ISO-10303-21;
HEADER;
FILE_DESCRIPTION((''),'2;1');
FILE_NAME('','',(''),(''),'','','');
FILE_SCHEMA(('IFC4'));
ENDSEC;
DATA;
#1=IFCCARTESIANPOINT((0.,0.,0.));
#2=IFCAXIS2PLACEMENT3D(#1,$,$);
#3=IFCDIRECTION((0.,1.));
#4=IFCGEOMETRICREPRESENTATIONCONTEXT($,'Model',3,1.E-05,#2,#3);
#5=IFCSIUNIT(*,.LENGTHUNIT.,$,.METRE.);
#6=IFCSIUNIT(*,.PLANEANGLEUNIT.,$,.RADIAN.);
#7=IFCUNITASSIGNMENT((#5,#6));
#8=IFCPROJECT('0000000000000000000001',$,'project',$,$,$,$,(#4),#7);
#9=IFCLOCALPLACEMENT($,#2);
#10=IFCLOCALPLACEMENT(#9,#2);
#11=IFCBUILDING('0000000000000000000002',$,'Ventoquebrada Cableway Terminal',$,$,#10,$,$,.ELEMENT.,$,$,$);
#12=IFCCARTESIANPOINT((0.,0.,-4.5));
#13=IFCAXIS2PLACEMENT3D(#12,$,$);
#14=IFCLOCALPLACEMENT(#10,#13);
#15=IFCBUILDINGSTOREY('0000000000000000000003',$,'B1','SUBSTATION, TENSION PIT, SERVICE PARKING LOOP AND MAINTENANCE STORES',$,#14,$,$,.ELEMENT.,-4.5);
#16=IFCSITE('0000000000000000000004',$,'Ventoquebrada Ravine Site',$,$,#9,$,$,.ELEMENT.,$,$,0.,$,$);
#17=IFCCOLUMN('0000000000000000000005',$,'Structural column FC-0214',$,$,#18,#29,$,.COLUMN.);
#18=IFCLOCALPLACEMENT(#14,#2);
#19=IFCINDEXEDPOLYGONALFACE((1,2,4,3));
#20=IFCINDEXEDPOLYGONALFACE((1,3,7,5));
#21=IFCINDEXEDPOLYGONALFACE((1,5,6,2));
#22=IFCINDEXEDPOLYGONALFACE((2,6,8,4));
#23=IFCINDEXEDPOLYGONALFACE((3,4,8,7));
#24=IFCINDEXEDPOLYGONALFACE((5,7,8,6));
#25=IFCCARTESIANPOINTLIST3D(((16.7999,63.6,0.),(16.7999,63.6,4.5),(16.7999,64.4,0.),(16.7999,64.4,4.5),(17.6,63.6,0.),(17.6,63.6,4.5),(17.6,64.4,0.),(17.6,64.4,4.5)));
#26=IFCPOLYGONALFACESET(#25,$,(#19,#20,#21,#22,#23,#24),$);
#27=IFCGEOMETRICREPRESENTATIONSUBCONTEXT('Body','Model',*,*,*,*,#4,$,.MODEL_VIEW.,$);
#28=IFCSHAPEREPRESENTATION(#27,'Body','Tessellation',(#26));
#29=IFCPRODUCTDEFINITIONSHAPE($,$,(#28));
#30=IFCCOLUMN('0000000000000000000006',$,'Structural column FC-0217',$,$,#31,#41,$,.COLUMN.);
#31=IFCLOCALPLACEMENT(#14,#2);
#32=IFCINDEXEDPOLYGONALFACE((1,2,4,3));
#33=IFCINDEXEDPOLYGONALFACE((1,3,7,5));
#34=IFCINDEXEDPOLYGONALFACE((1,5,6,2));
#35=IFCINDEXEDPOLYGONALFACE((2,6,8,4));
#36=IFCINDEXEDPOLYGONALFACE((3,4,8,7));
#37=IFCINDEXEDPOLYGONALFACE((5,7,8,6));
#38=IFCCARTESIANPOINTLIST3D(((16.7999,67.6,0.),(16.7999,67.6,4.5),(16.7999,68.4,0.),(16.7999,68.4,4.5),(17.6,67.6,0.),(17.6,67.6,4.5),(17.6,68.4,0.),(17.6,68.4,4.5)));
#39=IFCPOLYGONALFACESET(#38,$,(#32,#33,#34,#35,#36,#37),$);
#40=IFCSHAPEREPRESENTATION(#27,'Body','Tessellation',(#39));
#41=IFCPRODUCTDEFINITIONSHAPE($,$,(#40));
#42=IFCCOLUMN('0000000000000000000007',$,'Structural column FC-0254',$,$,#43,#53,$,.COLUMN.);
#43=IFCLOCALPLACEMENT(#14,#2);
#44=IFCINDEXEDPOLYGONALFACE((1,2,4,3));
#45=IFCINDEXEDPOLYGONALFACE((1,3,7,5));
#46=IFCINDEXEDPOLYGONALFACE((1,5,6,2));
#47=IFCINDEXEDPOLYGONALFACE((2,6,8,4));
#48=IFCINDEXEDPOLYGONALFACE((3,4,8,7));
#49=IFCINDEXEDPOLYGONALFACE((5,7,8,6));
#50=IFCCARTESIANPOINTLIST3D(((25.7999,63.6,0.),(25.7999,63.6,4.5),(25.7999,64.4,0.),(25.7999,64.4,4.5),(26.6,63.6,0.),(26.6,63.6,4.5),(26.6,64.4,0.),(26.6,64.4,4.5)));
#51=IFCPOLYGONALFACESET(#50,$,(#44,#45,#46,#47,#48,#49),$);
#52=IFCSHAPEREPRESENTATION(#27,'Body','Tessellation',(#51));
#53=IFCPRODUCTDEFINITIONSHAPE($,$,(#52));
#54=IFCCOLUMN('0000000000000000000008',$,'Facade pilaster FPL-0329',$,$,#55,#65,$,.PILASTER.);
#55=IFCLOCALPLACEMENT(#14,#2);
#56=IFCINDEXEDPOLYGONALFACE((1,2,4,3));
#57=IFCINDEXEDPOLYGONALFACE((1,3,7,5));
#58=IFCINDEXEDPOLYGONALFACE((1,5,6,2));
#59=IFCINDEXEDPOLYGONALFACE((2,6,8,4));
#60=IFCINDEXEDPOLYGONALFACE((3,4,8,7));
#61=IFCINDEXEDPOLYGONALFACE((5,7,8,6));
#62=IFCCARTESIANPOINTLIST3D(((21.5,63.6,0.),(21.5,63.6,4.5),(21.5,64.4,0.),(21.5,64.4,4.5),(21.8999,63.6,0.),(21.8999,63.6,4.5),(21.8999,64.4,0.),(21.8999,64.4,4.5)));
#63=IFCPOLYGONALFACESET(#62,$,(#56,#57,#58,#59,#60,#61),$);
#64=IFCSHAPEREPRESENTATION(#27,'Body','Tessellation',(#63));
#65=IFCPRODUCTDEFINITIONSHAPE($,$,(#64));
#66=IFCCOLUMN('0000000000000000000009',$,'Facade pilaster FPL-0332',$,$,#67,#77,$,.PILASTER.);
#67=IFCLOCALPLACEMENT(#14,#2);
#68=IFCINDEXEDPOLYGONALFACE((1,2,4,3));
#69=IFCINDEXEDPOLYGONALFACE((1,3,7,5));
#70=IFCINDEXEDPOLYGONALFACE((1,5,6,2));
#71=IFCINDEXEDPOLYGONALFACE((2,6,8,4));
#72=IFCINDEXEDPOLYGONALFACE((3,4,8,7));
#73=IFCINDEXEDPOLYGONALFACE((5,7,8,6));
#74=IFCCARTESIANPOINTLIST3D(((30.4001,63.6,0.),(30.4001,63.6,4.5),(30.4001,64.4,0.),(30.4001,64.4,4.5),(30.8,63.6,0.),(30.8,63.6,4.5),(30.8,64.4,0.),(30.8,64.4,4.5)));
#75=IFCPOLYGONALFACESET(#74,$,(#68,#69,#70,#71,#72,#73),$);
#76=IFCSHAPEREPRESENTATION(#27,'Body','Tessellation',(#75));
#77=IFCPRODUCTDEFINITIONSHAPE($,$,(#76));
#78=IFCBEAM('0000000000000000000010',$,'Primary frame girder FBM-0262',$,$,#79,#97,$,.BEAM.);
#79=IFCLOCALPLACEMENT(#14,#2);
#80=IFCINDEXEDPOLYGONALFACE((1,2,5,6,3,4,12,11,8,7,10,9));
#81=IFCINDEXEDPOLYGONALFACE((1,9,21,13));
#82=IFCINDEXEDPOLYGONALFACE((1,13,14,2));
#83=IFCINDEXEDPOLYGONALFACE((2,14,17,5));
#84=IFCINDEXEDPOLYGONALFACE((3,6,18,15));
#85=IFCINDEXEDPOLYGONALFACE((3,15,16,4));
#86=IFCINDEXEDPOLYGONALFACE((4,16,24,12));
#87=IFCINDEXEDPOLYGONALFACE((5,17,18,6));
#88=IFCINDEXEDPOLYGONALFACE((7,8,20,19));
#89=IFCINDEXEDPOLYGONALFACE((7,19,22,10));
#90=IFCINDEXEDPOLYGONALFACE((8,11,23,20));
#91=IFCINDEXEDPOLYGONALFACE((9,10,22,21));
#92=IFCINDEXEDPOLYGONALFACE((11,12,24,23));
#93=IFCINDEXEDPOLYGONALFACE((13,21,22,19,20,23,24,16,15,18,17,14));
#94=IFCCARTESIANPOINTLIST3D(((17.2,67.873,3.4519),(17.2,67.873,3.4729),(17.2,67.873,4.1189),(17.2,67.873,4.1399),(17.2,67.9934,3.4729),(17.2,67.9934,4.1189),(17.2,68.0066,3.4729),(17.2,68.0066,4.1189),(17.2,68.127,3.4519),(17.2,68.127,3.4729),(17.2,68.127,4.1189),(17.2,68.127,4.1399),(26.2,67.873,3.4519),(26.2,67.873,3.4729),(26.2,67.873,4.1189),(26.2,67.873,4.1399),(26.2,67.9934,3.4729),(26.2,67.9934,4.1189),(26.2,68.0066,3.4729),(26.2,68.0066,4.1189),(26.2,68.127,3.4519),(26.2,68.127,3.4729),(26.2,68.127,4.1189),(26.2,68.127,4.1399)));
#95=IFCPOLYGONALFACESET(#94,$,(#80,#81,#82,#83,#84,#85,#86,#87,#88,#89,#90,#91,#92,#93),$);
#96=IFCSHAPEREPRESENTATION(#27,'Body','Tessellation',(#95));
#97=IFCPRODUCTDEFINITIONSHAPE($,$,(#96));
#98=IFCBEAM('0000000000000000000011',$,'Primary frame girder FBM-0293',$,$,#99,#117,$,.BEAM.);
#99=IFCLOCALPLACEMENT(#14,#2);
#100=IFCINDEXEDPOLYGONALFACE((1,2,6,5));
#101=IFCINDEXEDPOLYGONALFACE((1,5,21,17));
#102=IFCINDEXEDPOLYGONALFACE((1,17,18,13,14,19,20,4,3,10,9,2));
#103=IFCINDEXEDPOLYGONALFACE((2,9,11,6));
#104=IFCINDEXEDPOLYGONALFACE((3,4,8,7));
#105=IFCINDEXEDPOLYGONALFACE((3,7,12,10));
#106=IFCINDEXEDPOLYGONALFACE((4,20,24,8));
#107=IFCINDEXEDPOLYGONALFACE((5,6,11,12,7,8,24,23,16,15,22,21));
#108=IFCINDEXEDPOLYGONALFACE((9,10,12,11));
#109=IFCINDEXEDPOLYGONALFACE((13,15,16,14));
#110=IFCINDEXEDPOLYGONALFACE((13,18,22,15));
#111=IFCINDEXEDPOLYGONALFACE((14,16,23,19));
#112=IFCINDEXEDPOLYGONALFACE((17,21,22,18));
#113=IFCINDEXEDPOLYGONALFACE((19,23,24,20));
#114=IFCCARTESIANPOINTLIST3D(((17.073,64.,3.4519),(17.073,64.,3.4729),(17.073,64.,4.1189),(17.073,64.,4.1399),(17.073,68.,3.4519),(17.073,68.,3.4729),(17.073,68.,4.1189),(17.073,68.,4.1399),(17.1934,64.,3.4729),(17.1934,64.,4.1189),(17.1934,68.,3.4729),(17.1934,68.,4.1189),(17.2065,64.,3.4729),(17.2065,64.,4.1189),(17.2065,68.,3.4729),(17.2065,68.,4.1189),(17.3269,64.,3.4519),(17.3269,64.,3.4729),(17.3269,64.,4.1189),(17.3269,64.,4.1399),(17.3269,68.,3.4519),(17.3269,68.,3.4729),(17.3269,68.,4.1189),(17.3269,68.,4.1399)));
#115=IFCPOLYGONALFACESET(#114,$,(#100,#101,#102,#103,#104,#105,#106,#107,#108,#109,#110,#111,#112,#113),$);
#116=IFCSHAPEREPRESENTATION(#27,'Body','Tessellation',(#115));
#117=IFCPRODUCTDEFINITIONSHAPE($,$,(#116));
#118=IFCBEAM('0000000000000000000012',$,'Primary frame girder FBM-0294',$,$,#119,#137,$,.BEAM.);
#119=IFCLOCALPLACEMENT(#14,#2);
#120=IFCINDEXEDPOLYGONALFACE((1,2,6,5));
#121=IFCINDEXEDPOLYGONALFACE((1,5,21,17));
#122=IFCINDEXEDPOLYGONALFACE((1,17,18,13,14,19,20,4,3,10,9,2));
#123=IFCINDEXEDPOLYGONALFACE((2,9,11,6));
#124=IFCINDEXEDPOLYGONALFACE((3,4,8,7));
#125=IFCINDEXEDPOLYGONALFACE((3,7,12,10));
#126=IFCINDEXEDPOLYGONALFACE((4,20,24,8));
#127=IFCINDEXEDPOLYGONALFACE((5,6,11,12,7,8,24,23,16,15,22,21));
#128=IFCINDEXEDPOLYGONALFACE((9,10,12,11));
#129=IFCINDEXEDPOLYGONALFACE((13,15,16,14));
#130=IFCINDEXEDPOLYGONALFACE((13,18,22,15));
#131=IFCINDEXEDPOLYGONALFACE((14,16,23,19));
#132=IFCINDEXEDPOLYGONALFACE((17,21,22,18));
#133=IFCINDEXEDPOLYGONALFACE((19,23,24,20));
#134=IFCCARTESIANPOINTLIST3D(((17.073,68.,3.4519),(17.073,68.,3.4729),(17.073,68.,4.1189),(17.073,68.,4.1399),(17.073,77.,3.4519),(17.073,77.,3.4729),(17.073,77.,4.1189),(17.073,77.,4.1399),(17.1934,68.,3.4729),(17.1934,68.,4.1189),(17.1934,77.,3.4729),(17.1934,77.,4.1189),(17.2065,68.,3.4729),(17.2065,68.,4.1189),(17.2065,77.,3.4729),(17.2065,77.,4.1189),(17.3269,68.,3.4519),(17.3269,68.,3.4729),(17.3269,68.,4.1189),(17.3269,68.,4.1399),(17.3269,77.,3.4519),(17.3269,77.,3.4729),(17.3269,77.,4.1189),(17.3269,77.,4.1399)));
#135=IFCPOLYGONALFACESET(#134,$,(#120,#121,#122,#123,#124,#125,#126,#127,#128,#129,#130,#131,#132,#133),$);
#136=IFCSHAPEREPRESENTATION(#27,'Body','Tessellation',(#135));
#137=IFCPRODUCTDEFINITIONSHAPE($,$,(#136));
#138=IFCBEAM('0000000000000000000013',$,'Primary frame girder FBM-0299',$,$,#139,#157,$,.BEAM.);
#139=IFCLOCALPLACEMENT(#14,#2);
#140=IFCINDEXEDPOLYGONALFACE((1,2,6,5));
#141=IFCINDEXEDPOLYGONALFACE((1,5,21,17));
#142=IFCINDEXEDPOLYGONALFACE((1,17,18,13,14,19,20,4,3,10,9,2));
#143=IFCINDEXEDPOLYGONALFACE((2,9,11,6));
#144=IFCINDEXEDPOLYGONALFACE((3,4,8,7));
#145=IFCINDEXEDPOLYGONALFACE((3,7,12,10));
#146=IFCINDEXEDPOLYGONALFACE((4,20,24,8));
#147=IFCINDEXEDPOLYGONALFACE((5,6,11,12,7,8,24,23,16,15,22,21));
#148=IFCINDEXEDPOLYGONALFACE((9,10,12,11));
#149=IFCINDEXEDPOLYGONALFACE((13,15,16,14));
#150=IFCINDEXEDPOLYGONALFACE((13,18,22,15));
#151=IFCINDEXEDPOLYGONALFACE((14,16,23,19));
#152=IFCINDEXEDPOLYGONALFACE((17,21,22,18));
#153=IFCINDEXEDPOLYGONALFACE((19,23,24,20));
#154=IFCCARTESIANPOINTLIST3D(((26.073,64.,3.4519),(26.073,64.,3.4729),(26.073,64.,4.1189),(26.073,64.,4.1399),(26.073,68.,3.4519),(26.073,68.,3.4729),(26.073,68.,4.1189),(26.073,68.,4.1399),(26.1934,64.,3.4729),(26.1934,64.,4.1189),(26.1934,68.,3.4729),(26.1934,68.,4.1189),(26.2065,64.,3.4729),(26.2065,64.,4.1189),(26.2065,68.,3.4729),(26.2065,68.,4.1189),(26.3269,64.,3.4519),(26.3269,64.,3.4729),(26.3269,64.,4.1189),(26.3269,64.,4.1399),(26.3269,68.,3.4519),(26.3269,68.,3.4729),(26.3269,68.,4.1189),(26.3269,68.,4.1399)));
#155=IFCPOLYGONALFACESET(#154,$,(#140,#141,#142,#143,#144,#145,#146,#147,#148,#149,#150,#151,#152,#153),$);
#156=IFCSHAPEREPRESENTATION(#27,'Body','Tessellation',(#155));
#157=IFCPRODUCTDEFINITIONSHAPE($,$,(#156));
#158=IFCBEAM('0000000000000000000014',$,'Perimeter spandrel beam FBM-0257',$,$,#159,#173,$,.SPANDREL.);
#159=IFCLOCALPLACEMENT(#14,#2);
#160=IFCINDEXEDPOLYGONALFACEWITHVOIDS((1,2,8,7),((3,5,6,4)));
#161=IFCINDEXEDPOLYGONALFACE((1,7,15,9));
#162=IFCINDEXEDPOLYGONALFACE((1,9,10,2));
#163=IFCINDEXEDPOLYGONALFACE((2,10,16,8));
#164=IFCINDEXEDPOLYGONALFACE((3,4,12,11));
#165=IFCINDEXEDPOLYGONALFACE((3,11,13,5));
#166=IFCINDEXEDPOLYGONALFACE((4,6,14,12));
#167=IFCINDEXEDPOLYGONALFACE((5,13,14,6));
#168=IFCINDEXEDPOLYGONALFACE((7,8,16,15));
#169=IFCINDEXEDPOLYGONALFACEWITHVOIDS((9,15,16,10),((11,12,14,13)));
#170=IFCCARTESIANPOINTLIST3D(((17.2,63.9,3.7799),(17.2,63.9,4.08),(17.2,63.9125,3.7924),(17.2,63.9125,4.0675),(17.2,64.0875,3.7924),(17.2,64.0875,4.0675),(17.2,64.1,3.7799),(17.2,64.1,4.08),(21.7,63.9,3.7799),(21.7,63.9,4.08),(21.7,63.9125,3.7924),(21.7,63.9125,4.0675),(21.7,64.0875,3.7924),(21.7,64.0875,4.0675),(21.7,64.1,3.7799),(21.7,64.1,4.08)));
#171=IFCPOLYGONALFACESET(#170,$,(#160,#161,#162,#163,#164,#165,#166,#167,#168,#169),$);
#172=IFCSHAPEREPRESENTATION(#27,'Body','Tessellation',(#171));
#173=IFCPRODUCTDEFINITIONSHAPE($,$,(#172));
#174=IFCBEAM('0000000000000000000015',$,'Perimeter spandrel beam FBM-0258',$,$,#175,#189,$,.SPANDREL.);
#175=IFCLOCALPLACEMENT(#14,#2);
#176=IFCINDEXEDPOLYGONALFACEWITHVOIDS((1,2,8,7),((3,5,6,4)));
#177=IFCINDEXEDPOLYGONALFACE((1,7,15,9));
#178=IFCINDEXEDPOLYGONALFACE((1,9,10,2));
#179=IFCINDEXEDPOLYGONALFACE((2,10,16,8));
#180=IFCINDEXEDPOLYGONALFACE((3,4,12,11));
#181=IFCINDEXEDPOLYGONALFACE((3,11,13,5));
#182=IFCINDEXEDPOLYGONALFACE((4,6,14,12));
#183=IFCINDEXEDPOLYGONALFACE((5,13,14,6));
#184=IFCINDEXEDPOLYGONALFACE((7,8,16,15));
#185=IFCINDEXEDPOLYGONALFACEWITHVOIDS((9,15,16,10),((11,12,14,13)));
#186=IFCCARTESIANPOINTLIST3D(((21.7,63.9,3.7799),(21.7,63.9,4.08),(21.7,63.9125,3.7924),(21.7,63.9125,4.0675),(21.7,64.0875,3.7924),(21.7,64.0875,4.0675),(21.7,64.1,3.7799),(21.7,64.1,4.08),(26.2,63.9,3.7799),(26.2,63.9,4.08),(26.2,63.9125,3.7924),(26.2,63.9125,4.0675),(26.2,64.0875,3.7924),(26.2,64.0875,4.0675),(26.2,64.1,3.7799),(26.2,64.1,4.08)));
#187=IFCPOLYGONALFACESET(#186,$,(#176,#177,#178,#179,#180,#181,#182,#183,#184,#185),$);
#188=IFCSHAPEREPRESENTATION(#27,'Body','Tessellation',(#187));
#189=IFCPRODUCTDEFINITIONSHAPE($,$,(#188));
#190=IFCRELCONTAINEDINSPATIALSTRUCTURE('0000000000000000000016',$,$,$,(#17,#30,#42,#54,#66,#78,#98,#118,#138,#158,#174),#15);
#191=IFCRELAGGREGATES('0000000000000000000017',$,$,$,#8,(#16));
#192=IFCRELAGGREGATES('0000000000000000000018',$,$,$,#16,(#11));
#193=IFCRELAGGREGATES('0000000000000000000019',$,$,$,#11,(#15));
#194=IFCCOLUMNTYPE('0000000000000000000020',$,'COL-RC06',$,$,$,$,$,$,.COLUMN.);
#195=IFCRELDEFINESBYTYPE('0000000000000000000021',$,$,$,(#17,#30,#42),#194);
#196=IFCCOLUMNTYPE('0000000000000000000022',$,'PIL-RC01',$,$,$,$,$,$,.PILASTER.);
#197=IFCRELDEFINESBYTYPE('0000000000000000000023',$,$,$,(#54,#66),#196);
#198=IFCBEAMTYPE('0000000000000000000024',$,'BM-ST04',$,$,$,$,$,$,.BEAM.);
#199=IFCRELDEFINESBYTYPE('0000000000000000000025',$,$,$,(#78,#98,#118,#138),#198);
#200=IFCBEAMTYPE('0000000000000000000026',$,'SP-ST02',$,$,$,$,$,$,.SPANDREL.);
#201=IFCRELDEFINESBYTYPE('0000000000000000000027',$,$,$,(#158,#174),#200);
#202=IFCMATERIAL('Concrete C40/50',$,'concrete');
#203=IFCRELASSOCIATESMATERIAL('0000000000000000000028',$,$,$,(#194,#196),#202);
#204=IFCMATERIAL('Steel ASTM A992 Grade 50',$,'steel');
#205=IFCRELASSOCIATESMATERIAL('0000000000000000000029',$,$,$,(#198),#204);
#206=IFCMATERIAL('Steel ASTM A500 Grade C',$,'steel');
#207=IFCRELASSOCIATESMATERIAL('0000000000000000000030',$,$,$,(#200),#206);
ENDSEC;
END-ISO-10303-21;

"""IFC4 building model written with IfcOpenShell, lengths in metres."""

from ifc_helpers import new_model, si_unit, direction, frame, origin, origin_2d, place, context, subcontext, project, spatial, rectangle, hollow_rectangle, i_section, extrude, material, material_profile, profile_set, type_object, element, save


model = new_model("IFC4")

# Units and contexts
model_context = context("Model", 3, precision=1e-05, world=origin(), true_north=direction((0.0, 1.0)))
body_context = subcontext(model_context, "Body", "Model", "MODEL_VIEW")
ifc_project = project(units=[si_unit("LENGTHUNIT", "METRE"), si_unit("PLANEANGLEUNIT", "RADIAN")], contexts=[model_context])

# Site, building, storey
site_placement = place(None, origin())
site = spatial("IfcSite", under=ifc_project, at=site_placement, Name="Ventoquebrada Ravine Site", CompositionType="ELEMENT", RefElevation=0.0)
building_placement = place(site_placement, origin())
building = spatial("IfcBuilding", under=site, at=building_placement, Name="Ventoquebrada Cableway Terminal", CompositionType="ELEMENT")
storey_placement = place(building_placement, frame((0.0, 0.0, -4.5)))
storey = spatial("IfcBuildingStorey", under=building, at=storey_placement, Name="B1", Description="SUBSTATION, TENSION PIT, SERVICE PARKING LOOP AND MAINTENANCE STORES", CompositionType="ELEMENT", Elevation=-4.5)

# Shared definitions
ifc_material_1 = material(Name="Concrete C40/50", Category="concrete")

# Columns
ifc_material_profile_1 = material_profile(ifc_material_1, rectangle(XDim=0.8, YDim=0.8, at=origin_2d()), Name="RC-COL-800X800")
ifc_profile_set_1 = profile_set([ifc_material_profile_1], Name="Concrete C40/50")
column_type_1 = type_object("IfcColumnType", Name="COL-RC06", PredefinedType="COLUMN", material=ifc_profile_set_1)
for number, where, z_axis, x_axis, name in (
    (1, (17.2, 64.0, 0.0), (0.0, 0.0, 1.0), (1.0, 0.0, 0.0), "Structural column FC-0214"),
    (2, (17.2, 68.0, 0.0), (0.0, 0.0, 1.0), (1.0, 0.0, 0.0), "Structural column FC-0217"),
    (3, (26.2, 64.0, 0.0), (0.0, 0.0, 1.0), (1.0, 0.0, 0.0), "Structural column FC-0254"),
):
    element("IfcColumn", number, at=place(storey_placement, frame(where, z_axis=z_axis, x_axis=x_axis)), inside=storey, type_object=column_type_1, Name=name, PredefinedType="COLUMN", context=body_context, shape_type="SweptSolid", body=[
        extrude(rectangle(XDim=0.8, YDim=0.8, at=origin_2d()), origin(), (0.0, 0.0, 1.0), 4.5),
    ])
ifc_material_profile_2 = material_profile(ifc_material_1, rectangle(XDim=0.3999, YDim=0.8, at=origin_2d()), Name="RC-PIL-400X800")
ifc_profile_set_2 = profile_set([ifc_material_profile_2], Name="Concrete C40/50")
column_type_2 = type_object("IfcColumnType", Name="PIL-RC01", PredefinedType="PILASTER", material=ifc_profile_set_2)
for number, where, z_axis, x_axis, name in (
    (4, (21.7, 64.0, 0.0), (0.0, 0.0, 1.0), (1.0, 0.0, 0.0), "Facade pilaster FPL-0329"),
    (5, (30.6001, 64.0, 0.0), (0.0, 0.0, 1.0), (1.0, 0.0, 0.0), "Facade pilaster FPL-0332"),
):
    element("IfcColumn", number, at=place(storey_placement, frame(where, z_axis=z_axis, x_axis=x_axis)), inside=storey, type_object=column_type_2, Name=name, PredefinedType="PILASTER", context=body_context, shape_type="SweptSolid", body=[
        extrude(rectangle(XDim=0.3999, YDim=0.8, at=origin_2d()), origin(), (0.0, 0.0, 1.0), 4.5),
    ])

# Beams
ifc_material_2 = material(Name="Steel ASTM A992 Grade 50", Category="steel")
ifc_material_profile_3 = material_profile(ifc_material_2, i_section(OverallWidth=0.2539, OverallDepth=0.688, WebThickness=0.0132, FlangeThickness=0.021, at=origin_2d()), Name="W27X102")
ifc_profile_set_3 = profile_set([ifc_material_profile_3], Name="Steel ASTM A992 Grade 50")
beam_type_1 = type_object("IfcBeamType", Name="BM-ST04", PredefinedType="BEAM", material=ifc_profile_set_3)
beam_1_placement = place(storey_placement, frame((17.2, 68.0, 3.7959), z_axis=(1.0, 0.0, 0.0), x_axis=(0.0, 1.0, 0.0)))
element("IfcBeam", 6, at=beam_1_placement, inside=storey, type_object=beam_type_1, Name="Primary frame girder FBM-0262", PredefinedType="BEAM", context=body_context, shape_type="SweptSolid", body=[
    extrude(i_section(OverallWidth=0.2539, OverallDepth=0.688, WebThickness=0.0132, FlangeThickness=0.021, at=origin_2d()), origin(), (0.0, 0.0, 1.0), 9.0),
])
beam_2_placement = place(storey_placement, frame((17.2, 64.0, 3.7959), z_axis=(0.0, 1.0, 0.0), x_axis=(-1.0, 0.0, 0.0)))
element("IfcBeam", 7, at=beam_2_placement, inside=storey, type_object=beam_type_1, Name="Primary frame girder FBM-0293", PredefinedType="BEAM", context=body_context, shape_type="SweptSolid", body=[
    extrude(i_section(OverallWidth=0.2539, OverallDepth=0.688, WebThickness=0.0132, FlangeThickness=0.021, at=origin_2d()), origin(), (0.0, 0.0, 1.0), 4.0),
])
beam_3_placement = place(storey_placement, frame((17.2, 68.0, 3.7959), z_axis=(0.0, 1.0, 0.0), x_axis=(-1.0, 0.0, 0.0)))
element("IfcBeam", 8, at=beam_3_placement, inside=storey, type_object=beam_type_1, Name="Primary frame girder FBM-0294", PredefinedType="BEAM", context=body_context, shape_type="SweptSolid", body=[
    extrude(i_section(OverallWidth=0.2539, OverallDepth=0.688, WebThickness=0.0132, FlangeThickness=0.021, at=origin_2d()), origin(), (0.0, 0.0, 1.0), 9.0),
])
beam_4_placement = place(storey_placement, frame((26.2, 64.0, 3.7959), z_axis=(0.0, 1.0, 0.0), x_axis=(-1.0, 0.0, 0.0)))
element("IfcBeam", 9, at=beam_4_placement, inside=storey, type_object=beam_type_1, Name="Primary frame girder FBM-0299", PredefinedType="BEAM", context=body_context, shape_type="SweptSolid", body=[
    extrude(i_section(OverallWidth=0.2539, OverallDepth=0.688, WebThickness=0.0132, FlangeThickness=0.021, at=origin_2d()), origin(), (0.0, 0.0, 1.0), 4.0),
])
ifc_material_3 = material(Name="Steel ASTM A500 Grade C", Category="steel")
ifc_material_profile_4 = material_profile(ifc_material_3, hollow_rectangle(XDim=0.2, YDim=0.3, WallThickness=0.0125, at=origin_2d()), Name="RHS300X200X12.5")
ifc_profile_set_4 = profile_set([ifc_material_profile_4], Name="Steel ASTM A500 Grade C")
beam_type_2 = type_object("IfcBeamType", Name="SP-ST02", PredefinedType="SPANDREL", material=ifc_profile_set_4)
for number, where, z_axis, x_axis, name in (
    (10, (17.2, 64.0, 3.9299), (1.0, 0.0, 0.0), (0.0, 1.0, 0.0), "Perimeter spandrel beam FBM-0257"),
    (11, (21.7, 64.0, 3.9299), (1.0, 0.0, 0.0), (0.0, 1.0, 0.0), "Perimeter spandrel beam FBM-0258"),
):
    element("IfcBeam", number, at=place(storey_placement, frame(where, z_axis=z_axis, x_axis=x_axis)), inside=storey, type_object=beam_type_2, Name=name, PredefinedType="SPANDREL", context=body_context, shape_type="SweptSolid", body=[
        extrude(hollow_rectangle(XDim=0.2, YDim=0.3, WallThickness=0.0125, at=origin_2d()), origin(), (0.0, 0.0, 1.0), 4.5),
    ])

save(model, "model.ifc")
